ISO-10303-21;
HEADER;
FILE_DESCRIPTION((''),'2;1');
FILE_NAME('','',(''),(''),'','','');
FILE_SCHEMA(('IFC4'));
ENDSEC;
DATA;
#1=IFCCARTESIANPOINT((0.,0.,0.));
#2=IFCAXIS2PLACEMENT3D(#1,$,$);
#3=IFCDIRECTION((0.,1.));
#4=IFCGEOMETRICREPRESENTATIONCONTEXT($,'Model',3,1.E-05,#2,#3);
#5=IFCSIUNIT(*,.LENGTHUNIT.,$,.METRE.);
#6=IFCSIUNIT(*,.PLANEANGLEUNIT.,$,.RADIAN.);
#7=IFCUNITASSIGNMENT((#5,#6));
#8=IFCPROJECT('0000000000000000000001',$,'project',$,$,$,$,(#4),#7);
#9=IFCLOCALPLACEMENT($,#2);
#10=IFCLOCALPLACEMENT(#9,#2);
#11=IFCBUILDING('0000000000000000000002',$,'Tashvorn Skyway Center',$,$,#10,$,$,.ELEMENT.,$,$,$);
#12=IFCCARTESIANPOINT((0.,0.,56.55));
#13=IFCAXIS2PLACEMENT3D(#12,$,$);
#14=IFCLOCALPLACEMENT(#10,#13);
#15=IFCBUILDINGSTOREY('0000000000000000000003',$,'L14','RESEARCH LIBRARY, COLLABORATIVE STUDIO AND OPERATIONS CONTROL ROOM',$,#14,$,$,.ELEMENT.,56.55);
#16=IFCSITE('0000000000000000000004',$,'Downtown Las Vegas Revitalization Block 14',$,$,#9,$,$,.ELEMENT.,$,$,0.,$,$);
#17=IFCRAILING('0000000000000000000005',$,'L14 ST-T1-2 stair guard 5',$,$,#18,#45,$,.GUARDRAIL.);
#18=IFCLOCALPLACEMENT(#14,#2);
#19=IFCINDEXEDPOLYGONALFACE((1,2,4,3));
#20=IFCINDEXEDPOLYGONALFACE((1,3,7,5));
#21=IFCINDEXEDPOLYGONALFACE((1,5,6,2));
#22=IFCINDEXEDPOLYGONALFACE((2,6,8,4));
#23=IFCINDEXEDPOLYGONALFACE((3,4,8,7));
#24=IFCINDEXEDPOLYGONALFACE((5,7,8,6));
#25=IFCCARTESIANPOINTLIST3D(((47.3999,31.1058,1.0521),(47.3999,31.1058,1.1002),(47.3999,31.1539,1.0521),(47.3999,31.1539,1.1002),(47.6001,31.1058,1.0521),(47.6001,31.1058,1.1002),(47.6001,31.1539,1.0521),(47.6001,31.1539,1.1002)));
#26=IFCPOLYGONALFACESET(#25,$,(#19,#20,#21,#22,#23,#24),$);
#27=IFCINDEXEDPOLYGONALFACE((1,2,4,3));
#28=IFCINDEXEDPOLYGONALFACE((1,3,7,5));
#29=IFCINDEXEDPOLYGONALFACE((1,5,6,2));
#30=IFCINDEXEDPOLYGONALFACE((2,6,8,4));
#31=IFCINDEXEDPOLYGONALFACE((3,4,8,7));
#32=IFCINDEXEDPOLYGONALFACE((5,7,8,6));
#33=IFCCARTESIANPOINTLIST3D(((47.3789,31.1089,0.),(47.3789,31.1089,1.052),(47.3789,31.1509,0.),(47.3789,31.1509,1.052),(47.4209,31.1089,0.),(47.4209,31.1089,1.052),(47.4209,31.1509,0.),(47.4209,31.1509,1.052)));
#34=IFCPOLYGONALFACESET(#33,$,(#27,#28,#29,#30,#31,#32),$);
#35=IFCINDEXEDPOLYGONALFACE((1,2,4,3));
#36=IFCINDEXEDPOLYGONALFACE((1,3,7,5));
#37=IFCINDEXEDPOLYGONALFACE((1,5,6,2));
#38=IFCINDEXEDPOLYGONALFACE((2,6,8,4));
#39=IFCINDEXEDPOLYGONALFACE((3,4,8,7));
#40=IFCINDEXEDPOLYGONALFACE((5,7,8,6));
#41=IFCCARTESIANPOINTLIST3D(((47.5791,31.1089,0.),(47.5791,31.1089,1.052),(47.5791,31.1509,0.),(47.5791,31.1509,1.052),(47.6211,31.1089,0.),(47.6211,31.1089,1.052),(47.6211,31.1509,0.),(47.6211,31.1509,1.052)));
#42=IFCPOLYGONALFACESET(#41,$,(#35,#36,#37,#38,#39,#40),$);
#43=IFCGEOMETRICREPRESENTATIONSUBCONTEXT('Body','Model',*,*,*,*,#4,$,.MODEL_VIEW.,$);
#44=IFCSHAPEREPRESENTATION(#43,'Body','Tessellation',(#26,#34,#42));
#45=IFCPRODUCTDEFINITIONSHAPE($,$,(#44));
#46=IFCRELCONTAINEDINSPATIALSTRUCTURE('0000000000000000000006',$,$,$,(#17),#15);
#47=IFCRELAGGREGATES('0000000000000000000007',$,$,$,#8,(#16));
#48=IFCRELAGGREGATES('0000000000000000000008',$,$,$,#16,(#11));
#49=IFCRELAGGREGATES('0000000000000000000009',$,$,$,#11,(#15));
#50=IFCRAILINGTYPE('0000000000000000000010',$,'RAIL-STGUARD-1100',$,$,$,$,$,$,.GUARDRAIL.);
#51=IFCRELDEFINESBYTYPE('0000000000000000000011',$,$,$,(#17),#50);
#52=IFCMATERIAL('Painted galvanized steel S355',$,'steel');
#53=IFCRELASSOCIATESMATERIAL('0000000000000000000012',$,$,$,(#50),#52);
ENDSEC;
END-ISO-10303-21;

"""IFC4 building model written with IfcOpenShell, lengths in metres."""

from ifc_helpers import new_model, si_unit, direction, frame, origin, origin_2d, place, context, subcontext, project, spatial, rectangle, extrude, material, type_object, element, save


model = new_model("IFC4")

# Units and contexts
model_context = context("Model", 3, precision=1e-05, world=origin(), true_north=direction((0.0, 1.0)))
body_context = subcontext(model_context, "Body", "Model", "MODEL_VIEW")
ifc_project = project(units=[si_unit("LENGTHUNIT", "METRE"), si_unit("PLANEANGLEUNIT", "RADIAN")], contexts=[model_context])

# Site, building, storey
site_placement = place(None, origin())
site = spatial("IfcSite", under=ifc_project, at=site_placement, Name="Downtown Las Vegas Revitalization Block 14", CompositionType="ELEMENT", RefElevation=0.0)
building_placement = place(site_placement, origin())
building = spatial("IfcBuilding", under=site, at=building_placement, Name="Tashvorn Skyway Center", CompositionType="ELEMENT")
storey_placement = place(building_placement, frame((0.0, 0.0, 56.55)))
storey = spatial("IfcBuildingStorey", under=building, at=storey_placement, Name="L14", Description="RESEARCH LIBRARY, COLLABORATIVE STUDIO AND OPERATIONS CONTROL ROOM", CompositionType="ELEMENT", Elevation=56.55)

# Railing
ifc_material_1 = material(Name="Painted galvanized steel S355", Category="steel")
railing_type_1 = type_object("IfcRailingType", Name="RAIL-STGUARD-1100", PredefinedType="GUARDRAIL", material=ifc_material_1)
railing_1_placement = place(storey_placement, frame((47.3999, 31.1299, 0.0)))
element("IfcRailing", 1, at=railing_1_placement, inside=storey, type_object=railing_type_1, Name="L14 ST-T1-2 stair guard 5", PredefinedType="GUARDRAIL", context=body_context, shape_type="SweptSolid", body=[
    extrude(rectangle(XDim=0.0481, YDim=0.0481, at=origin_2d()), frame((0.0, 0.0, 1.0762), z_axis=(1.0, 0.0, 0.0), x_axis=(0.0, 1.0, 0.0)), (0.0, 0.0, 1.0), 0.2002),
    extrude(rectangle(XDim=0.042, YDim=0.042, at=origin_2d()), origin(), (0.0, 0.0, 1.0), 1.052),
    extrude(rectangle(XDim=0.042, YDim=0.042, at=origin_2d()), frame((0.2002, 0.0, 0.0)), (0.0, 0.0, 1.0), 1.052),
])

save(model, "model.ifc")
